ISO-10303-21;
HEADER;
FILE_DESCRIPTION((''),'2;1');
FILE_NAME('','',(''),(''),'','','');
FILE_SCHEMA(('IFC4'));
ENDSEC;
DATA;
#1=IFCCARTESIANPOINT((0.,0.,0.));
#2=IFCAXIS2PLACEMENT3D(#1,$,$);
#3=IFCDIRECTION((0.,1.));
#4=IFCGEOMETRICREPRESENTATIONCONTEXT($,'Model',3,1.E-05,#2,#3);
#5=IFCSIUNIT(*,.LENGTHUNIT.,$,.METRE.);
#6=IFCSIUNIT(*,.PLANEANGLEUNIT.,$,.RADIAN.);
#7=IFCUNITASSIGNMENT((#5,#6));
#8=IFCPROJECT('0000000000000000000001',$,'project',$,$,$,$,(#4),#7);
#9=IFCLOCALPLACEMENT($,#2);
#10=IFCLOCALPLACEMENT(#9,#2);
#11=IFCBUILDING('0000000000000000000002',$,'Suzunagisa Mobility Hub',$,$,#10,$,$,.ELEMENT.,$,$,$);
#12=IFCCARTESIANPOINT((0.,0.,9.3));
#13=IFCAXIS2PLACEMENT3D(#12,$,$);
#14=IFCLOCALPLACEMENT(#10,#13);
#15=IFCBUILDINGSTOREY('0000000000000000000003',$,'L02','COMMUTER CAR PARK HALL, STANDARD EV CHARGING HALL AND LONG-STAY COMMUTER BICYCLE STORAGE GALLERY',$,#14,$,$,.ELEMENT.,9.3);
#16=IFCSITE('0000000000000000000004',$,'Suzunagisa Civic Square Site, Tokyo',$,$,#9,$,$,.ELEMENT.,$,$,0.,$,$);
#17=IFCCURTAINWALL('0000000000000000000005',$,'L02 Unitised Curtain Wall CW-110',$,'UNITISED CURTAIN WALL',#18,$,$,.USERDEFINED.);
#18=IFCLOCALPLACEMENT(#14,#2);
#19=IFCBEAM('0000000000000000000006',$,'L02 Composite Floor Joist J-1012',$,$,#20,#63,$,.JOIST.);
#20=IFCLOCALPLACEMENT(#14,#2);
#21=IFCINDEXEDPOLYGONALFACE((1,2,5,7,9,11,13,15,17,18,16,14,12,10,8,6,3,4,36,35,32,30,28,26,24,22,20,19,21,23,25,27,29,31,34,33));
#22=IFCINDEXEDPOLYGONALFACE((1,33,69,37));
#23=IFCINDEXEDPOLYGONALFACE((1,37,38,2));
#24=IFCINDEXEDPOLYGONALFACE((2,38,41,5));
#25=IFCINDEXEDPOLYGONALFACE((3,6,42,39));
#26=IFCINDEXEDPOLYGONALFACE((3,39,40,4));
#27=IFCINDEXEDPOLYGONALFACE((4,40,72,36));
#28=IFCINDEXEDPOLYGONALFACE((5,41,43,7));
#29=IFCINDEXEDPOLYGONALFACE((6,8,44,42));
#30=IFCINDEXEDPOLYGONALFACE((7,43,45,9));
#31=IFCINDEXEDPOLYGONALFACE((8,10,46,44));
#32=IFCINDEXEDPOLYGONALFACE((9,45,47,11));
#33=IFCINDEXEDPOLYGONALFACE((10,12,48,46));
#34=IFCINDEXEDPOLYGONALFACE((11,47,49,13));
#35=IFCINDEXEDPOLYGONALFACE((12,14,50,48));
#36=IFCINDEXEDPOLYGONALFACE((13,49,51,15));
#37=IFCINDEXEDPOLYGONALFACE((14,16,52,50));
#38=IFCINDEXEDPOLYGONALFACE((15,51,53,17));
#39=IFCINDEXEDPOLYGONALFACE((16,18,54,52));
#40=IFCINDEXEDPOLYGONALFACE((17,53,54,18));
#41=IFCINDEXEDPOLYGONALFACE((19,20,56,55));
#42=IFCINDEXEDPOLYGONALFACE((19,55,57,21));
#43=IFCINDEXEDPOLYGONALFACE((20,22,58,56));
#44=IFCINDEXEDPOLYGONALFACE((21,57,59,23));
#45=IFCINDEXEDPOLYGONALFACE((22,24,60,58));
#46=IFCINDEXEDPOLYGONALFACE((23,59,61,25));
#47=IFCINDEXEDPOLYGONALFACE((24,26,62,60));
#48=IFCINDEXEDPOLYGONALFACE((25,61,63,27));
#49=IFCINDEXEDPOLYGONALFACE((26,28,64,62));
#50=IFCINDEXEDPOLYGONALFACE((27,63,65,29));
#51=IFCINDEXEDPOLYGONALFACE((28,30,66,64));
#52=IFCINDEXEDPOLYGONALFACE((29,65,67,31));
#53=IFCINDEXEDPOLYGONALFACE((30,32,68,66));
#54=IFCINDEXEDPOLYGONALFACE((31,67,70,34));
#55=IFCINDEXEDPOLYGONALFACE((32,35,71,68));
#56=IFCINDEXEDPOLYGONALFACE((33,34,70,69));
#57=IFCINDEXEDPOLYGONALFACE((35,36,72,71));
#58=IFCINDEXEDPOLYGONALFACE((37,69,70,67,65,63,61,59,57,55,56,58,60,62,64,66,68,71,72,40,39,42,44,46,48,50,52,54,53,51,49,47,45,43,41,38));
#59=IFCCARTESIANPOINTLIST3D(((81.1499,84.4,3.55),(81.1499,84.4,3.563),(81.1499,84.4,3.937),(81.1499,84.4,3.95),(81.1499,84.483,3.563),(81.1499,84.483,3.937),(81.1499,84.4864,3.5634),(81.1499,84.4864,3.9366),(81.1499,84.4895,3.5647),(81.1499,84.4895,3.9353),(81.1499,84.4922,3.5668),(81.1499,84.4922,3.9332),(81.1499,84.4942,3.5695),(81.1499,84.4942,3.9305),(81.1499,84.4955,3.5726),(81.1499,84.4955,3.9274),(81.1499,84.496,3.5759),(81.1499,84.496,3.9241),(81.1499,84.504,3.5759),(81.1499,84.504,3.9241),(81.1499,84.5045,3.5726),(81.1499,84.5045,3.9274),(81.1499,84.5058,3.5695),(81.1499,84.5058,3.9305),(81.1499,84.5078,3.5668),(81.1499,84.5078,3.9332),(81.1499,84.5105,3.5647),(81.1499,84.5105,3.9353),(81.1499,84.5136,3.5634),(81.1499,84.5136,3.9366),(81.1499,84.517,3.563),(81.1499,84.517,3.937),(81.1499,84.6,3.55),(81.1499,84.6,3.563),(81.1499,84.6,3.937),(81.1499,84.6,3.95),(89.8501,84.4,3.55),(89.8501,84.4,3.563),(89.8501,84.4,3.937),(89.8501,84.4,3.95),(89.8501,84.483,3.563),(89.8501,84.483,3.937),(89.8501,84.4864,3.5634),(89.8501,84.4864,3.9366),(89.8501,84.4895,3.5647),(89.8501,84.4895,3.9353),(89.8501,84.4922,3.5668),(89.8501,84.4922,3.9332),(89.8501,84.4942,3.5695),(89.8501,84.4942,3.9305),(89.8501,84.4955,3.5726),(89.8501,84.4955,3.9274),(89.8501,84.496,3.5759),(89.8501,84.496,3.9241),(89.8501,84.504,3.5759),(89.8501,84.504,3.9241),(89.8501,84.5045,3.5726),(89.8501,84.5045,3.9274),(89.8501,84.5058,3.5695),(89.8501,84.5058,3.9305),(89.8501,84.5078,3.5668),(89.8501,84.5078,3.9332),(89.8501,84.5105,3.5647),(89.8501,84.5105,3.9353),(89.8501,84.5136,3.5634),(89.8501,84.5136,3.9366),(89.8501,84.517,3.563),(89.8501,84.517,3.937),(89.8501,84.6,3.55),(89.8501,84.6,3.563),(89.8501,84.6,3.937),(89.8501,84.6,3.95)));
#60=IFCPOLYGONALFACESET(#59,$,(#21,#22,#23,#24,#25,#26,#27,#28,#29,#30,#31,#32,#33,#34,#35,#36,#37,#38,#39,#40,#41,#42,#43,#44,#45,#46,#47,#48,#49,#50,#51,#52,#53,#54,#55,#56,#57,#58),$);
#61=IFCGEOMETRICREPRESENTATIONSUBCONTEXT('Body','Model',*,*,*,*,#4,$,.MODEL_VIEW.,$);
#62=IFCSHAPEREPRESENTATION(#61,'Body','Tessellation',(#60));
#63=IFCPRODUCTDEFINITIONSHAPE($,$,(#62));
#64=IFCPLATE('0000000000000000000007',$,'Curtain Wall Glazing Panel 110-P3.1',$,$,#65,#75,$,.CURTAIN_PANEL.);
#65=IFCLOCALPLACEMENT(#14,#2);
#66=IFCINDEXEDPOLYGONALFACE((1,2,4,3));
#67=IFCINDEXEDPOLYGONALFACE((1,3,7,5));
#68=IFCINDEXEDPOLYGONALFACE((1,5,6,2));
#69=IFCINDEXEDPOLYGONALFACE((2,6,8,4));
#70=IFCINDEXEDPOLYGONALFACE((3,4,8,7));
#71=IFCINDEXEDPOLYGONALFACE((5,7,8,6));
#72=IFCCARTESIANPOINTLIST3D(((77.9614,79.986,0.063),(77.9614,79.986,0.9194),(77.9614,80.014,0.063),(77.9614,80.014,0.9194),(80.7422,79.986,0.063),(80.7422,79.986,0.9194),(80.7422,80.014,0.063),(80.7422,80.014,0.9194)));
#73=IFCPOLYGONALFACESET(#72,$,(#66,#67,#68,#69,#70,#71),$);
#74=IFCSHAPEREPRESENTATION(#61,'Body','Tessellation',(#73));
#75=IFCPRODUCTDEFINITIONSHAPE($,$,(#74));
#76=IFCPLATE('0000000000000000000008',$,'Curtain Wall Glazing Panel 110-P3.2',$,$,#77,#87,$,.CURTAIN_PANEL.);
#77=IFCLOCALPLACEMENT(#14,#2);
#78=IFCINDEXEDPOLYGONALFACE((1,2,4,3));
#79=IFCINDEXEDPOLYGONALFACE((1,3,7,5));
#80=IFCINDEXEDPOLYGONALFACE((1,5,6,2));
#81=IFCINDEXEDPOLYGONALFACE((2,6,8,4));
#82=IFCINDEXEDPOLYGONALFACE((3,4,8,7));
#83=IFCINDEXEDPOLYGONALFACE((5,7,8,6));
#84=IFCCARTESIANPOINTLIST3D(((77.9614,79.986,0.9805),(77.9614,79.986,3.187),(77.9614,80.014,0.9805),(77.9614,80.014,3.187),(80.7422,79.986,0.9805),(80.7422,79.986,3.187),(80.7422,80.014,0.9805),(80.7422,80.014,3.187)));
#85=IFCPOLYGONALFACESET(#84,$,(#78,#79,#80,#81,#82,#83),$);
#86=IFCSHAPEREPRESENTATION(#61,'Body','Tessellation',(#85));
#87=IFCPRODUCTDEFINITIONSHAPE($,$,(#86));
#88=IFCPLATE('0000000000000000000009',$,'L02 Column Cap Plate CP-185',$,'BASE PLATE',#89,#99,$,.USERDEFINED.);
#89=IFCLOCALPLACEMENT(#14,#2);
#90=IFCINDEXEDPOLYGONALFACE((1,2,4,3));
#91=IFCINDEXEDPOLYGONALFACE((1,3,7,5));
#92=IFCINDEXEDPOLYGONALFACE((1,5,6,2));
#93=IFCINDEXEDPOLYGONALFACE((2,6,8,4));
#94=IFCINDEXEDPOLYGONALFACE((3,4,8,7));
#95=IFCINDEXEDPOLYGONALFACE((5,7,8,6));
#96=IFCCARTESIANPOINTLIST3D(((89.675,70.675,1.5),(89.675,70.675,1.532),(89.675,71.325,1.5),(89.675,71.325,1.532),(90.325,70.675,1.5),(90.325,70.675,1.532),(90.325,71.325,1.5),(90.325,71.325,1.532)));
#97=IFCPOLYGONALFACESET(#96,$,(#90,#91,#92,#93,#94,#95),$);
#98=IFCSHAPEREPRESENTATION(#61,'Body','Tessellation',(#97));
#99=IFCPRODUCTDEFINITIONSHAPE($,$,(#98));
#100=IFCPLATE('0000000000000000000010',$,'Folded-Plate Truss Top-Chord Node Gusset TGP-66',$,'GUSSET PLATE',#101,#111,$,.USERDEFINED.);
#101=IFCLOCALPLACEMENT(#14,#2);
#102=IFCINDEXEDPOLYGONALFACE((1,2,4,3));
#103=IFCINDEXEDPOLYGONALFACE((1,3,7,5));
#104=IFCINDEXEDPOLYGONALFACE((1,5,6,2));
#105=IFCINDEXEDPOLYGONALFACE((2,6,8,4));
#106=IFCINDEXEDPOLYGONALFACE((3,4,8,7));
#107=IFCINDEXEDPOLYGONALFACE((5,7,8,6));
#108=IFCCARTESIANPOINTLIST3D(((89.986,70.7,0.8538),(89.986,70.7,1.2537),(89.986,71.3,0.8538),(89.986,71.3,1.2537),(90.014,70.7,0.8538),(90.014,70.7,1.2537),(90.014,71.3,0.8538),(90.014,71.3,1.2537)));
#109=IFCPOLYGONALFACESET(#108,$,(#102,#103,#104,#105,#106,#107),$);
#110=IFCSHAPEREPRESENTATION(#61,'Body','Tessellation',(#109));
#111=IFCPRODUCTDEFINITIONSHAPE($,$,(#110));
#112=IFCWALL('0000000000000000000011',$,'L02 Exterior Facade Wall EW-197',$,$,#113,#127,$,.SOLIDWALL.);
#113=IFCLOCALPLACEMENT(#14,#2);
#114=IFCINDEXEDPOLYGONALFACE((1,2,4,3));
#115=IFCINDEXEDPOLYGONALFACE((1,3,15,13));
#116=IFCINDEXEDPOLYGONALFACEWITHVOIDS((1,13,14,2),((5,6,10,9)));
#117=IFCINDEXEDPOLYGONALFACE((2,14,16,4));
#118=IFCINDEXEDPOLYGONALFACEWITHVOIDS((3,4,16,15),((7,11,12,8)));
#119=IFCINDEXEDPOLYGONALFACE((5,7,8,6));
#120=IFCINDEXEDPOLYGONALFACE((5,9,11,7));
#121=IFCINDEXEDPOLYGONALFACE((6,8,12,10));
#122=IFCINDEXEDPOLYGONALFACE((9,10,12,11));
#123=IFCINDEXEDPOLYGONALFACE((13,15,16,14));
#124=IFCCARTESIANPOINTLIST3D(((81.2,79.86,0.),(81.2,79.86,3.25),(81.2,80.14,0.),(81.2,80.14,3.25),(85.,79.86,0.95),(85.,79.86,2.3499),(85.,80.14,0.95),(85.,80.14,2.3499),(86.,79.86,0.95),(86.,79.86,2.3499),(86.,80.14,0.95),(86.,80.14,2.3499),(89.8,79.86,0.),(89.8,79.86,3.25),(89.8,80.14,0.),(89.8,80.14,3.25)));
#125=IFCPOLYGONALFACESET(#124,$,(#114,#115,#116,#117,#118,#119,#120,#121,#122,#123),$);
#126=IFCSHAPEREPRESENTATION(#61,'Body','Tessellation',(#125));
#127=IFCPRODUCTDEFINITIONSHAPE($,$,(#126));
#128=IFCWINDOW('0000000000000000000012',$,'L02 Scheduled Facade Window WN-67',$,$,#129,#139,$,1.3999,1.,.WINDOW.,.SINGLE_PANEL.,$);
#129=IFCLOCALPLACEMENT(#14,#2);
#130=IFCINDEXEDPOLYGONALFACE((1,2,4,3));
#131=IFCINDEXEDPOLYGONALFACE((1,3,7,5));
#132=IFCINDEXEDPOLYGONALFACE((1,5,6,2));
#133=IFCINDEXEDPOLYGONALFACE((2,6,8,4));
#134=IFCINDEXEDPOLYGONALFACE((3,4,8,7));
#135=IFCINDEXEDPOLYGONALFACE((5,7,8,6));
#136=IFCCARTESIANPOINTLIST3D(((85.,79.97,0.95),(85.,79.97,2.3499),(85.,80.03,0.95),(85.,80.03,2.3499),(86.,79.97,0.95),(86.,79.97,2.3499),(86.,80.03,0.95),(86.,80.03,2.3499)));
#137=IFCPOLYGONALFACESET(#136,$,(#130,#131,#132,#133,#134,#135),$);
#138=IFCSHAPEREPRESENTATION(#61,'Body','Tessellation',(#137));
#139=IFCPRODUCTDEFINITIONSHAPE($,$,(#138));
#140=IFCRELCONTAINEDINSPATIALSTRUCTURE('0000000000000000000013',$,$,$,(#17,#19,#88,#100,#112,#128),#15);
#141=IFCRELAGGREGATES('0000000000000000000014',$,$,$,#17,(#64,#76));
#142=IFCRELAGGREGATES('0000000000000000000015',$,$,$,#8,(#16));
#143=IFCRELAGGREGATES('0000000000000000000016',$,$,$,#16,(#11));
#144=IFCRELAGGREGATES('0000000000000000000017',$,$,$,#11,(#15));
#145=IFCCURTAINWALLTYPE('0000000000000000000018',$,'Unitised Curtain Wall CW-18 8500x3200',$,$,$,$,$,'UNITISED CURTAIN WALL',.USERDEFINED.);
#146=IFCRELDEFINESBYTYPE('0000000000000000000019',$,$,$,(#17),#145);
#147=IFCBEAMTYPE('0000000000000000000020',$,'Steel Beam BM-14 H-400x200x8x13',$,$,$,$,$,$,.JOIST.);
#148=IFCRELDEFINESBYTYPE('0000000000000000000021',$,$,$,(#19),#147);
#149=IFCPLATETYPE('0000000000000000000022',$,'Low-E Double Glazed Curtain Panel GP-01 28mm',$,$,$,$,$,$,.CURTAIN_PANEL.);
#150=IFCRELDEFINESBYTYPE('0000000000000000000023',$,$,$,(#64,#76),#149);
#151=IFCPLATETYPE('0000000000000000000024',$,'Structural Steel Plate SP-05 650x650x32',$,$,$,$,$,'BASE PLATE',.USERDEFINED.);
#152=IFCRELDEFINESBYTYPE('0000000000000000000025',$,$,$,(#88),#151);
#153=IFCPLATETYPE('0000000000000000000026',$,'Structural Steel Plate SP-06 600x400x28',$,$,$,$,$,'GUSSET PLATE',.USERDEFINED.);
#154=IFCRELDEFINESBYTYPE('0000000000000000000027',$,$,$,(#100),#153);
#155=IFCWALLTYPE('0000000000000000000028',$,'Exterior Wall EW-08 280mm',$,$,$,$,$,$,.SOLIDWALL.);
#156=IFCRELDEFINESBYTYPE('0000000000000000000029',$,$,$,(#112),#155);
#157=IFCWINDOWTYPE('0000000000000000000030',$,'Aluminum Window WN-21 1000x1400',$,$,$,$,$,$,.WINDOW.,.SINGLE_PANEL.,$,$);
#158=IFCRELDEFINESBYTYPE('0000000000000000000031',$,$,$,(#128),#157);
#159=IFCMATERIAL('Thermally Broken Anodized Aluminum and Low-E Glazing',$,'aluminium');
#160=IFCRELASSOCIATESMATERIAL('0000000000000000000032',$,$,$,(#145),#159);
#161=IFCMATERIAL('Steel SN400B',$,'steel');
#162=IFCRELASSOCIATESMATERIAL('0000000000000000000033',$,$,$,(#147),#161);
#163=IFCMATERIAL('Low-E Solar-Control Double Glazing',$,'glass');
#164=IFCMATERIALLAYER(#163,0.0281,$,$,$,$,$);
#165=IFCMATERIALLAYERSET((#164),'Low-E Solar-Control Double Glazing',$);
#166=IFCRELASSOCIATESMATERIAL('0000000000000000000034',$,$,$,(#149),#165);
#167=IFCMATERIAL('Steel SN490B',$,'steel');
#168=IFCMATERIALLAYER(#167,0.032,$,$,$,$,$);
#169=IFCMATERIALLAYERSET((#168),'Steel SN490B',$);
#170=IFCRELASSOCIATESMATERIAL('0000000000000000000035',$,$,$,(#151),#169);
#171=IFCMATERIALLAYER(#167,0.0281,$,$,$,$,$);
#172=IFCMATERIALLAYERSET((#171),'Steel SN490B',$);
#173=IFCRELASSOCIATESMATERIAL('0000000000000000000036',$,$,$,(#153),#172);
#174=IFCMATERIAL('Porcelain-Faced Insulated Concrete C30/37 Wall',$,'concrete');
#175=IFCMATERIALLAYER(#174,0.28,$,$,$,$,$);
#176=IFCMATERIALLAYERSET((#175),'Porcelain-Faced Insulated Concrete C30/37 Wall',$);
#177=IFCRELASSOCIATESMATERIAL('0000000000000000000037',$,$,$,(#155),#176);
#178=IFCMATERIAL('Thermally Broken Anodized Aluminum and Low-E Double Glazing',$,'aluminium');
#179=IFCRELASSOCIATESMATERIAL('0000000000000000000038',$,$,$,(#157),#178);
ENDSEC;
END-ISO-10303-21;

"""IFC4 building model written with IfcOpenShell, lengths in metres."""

from ifc_helpers import new_model, si_unit, direction, frame, frame_2d, origin, origin_2d, place, context, subcontext, project, spatial, rectangle, i_section, extrude, material, layer, layer_set, material_profile, profile_set, type_object, element, fill, aggregate, save


model = new_model("IFC4")

# Units and contexts
model_context = context("Model", 3, precision=1e-05, world=origin(), true_north=direction((0.0, 1.0)))
body_context = subcontext(model_context, "Body", "Model", "MODEL_VIEW")
ifc_project = project(units=[si_unit("LENGTHUNIT", "METRE"), si_unit("PLANEANGLEUNIT", "RADIAN")], contexts=[model_context])

# Site, building, storey
site_placement = place(None, origin())
site = spatial("IfcSite", under=ifc_project, at=site_placement, Name="Suzunagisa Civic Square Site, Tokyo", CompositionType="ELEMENT", RefElevation=0.0)
building_placement = place(site_placement, origin())
building = spatial("IfcBuilding", under=site, at=building_placement, Name="Suzunagisa Mobility Hub", CompositionType="ELEMENT")
storey_placement = place(building_placement, frame((0.0, 0.0, 9.3)))
storey = spatial("IfcBuildingStorey", under=building, at=storey_placement, Name="L02", Description="COMMUTER CAR PARK HALL, STANDARD EV CHARGING HALL AND LONG-STAY COMMUTER BICYCLE STORAGE GALLERY", CompositionType="ELEMENT", Elevation=9.3)

# Shared definitions
ifc_material_1 = material(Name="Steel SN490B", Category="steel")

# Curtain wall
ifc_material_2 = material(Name="Thermally Broken Anodized Aluminum and Low-E Glazing", Category="aluminium")
curtain_wall_type = type_object("IfcCurtainWallType", Name="Unitised Curtain Wall CW-18 8500x3200", ElementType="UNITISED CURTAIN WALL", PredefinedType="USERDEFINED", material=ifc_material_2)
curtain_wall_placement = place(storey_placement, origin())
curtain_wall = element("IfcCurtainWall", 1, at=curtain_wall_placement, inside=storey, type_object=curtain_wall_type, Name="L02 Unitised Curtain Wall CW-110", ObjectType="UNITISED CURTAIN WALL", PredefinedType="USERDEFINED")

# Shared definitions
ifc_material_3 = material(Name="Steel SN400B", Category="steel")

# Beam
ifc_material_profile_1 = material_profile(ifc_material_3, i_section(OverallWidth=0.2, OverallDepth=0.3999, WebThickness=0.0081, FlangeThickness=0.0129, FilletRadius=0.0129, at=origin_2d()), Name="H-400x200x8x13")
ifc_profile_set_1 = profile_set([ifc_material_profile_1], Name="Steel SN400B")
beam_type_1 = type_object("IfcBeamType", Name="Steel Beam BM-14 H-400x200x8x13", PredefinedType="JOIST", material=ifc_profile_set_1)
beam_1_placement = place(storey_placement, frame((81.1499, 84.5, 3.75), z_axis=(1.0, 0.0, 0.0), x_axis=(0.0, 1.0, 0.0)))
element("IfcBeam", 2, at=beam_1_placement, inside=storey, type_object=beam_type_1, Name="L02 Composite Floor Joist J-1012", PredefinedType="JOIST", context=body_context, shape_type="SweptSolid", body=[
    extrude(i_section(OverallWidth=0.2, OverallDepth=0.3999, WebThickness=0.0081, FlangeThickness=0.0129, FilletRadius=0.0129, at=origin_2d()), origin(), (0.0, 0.0, 1.0), 8.7002),
])

# Plates
ifc_material_4 = material(Name="Low-E Solar-Control Double Glazing", Category="glass")
ifc_layer_1 = layer(ifc_material_4, 0.0281)
ifc_layer_set_1 = layer_set([ifc_layer_1], Name="Low-E Solar-Control Double Glazing")
plate_type_1 = type_object("IfcPlateType", Name="Low-E Double Glazed Curtain Panel GP-01 28mm", PredefinedType="CURTAIN_PANEL", material=ifc_layer_set_1)
plate_1_placement = place(storey_placement, frame((79.3518, 80.0, 0.063), z_axis=(0.0, 0.0, 1.0), x_axis=(1.0, 0.0, 0.0)))
plate_1 = element("IfcPlate", 3, at=plate_1_placement, type_object=plate_type_1, Name="Curtain Wall Glazing Panel 110-P3.1", PredefinedType="CURTAIN_PANEL", context=body_context, shape_type="SweptSolid", body=[
    extrude(rectangle(XDim=2.7808, YDim=0.0281, at=origin_2d()), origin(), (0.0, 0.0, 1.0), 0.8564),
])
plate_2_placement = place(storey_placement, frame((79.3518, 80.0, 0.9805), z_axis=(0.0, 0.0, 1.0), x_axis=(1.0, 0.0, 0.0)))
plate_2 = element("IfcPlate", 4, at=plate_2_placement, type_object=plate_type_1, Name="Curtain Wall Glazing Panel 110-P3.2", PredefinedType="CURTAIN_PANEL", context=body_context, shape_type="SweptSolid", body=[
    extrude(rectangle(XDim=2.7808, YDim=0.0281, at=origin_2d()), origin(), (0.0, 0.0, 1.0), 2.2065),
])
aggregate(curtain_wall, [plate_1, plate_2])

# Plates
ifc_layer_2 = layer(ifc_material_1, 0.032)
ifc_layer_set_2 = layer_set([ifc_layer_2], Name="Steel SN490B")
plate_type_2 = type_object("IfcPlateType", Name="Structural Steel Plate SP-05 650x650x32", ElementType="BASE PLATE", PredefinedType="USERDEFINED", material=ifc_layer_set_2)
plate_3_placement = place(storey_placement, frame((90.0, 71.0, 1.5), z_axis=(0.0, 0.0, 1.0), x_axis=(1.0, 0.0, 0.0)))
element("IfcPlate", 5, at=plate_3_placement, inside=storey, type_object=plate_type_2, Name="L02 Column Cap Plate CP-185", ObjectType="BASE PLATE", PredefinedType="USERDEFINED", context=body_context, shape_type="SweptSolid", body=[
    extrude(rectangle(XDim=0.6499, YDim=0.6499, at=origin_2d()), origin(), (0.0, 0.0, 1.0), 0.032),
])
ifc_layer_3 = layer(ifc_material_1, 0.0281)
ifc_layer_set_3 = layer_set([ifc_layer_3], Name="Steel SN490B")
plate_type_3 = type_object("IfcPlateType", Name="Structural Steel Plate SP-06 600x400x28", ElementType="GUSSET PLATE", PredefinedType="USERDEFINED", material=ifc_layer_set_3)
plate_4_placement = place(storey_placement, frame((90.0, 71.0, 0.8538), z_axis=(0.0, 0.0, 1.0), x_axis=(1.0, 0.0, 0.0)))
element("IfcPlate", 6, at=plate_4_placement, inside=storey, type_object=plate_type_3, Name="Folded-Plate Truss Top-Chord Node Gusset TGP-66", ObjectType="GUSSET PLATE", PredefinedType="USERDEFINED", context=body_context, shape_type="SweptSolid", body=[
    extrude(rectangle(XDim=0.0281, YDim=0.6001, at=origin_2d()), origin(), (0.0, 0.0, 1.0), 0.3999),
])

# Wall, opening, window
ifc_material_5 = material(Name="Porcelain-Faced Insulated Concrete C30/37 Wall", Category="concrete")
ifc_layer_4 = layer(ifc_material_5, 0.28)
ifc_layer_set_4 = layer_set([ifc_layer_4], Name="Porcelain-Faced Insulated Concrete C30/37 Wall")
wall_type = type_object("IfcWallType", Name="Exterior Wall EW-08 280mm", PredefinedType="SOLIDWALL", material=ifc_layer_set_4)
wall_placement = place(storey_placement, frame((81.2, 80.0, 0.0), z_axis=(0.0, 0.0, 1.0), x_axis=(1.0, 0.0, 0.0)))
wall = element("IfcWall", 7, at=wall_placement, inside=storey, type_object=wall_type, Name="L02 Exterior Facade Wall EW-197", PredefinedType="SOLIDWALL", context=body_context, shape_type="SweptSolid", body=[
    extrude(rectangle(XDim=8.6001, YDim=0.28, at=frame_2d((4.3, 0.0))), origin(), (0.0, 0.0, 1.0), 3.25),
])
opening_placement = place(wall_placement, frame((3.8, 0.0, 0.95)))
opening = element("IfcOpeningElement", 8, at=opening_placement, cuts=wall, PredefinedType="OPENING", context=body_context, shape_type="SweptSolid", body=[
    extrude(rectangle(XDim=1.0, YDim=1.3999, at=frame_2d((0.5, 0.7))), frame((0.0, 0.1509, 0.0), z_axis=(0.0, -1.0, 0.0), x_axis=(1.0, 0.0, 0.0)), (0.0, 0.0, 1.0), 0.302),
])
ifc_material_6 = material(Name="Thermally Broken Anodized Aluminum and Low-E Double Glazing", Category="aluminium")
window_type = type_object("IfcWindowType", Name="Aluminum Window WN-21 1000x1400", PartitioningType="SINGLE_PANEL", PredefinedType="WINDOW", material=ifc_material_6)
window_placement = place(opening_placement, origin())
window = element("IfcWindow", 9, at=window_placement, inside=storey, type_object=window_type, Name="L02 Scheduled Facade Window WN-67", OverallHeight=1.3999, OverallWidth=1.0, PartitioningType="SINGLE_PANEL", PredefinedType="WINDOW", context=body_context, shape_type="SweptSolid", body=[
    extrude(rectangle(XDim=1.0, YDim=1.3999, at=frame_2d((0.5, 0.7))), frame((0.0, 0.03, 0.0), z_axis=(0.0, -1.0, 0.0), x_axis=(1.0, 0.0, 0.0)), (0.0, 0.0, 1.0), 0.0601),
])
fill(opening, window)

save(model, "model.ifc")
